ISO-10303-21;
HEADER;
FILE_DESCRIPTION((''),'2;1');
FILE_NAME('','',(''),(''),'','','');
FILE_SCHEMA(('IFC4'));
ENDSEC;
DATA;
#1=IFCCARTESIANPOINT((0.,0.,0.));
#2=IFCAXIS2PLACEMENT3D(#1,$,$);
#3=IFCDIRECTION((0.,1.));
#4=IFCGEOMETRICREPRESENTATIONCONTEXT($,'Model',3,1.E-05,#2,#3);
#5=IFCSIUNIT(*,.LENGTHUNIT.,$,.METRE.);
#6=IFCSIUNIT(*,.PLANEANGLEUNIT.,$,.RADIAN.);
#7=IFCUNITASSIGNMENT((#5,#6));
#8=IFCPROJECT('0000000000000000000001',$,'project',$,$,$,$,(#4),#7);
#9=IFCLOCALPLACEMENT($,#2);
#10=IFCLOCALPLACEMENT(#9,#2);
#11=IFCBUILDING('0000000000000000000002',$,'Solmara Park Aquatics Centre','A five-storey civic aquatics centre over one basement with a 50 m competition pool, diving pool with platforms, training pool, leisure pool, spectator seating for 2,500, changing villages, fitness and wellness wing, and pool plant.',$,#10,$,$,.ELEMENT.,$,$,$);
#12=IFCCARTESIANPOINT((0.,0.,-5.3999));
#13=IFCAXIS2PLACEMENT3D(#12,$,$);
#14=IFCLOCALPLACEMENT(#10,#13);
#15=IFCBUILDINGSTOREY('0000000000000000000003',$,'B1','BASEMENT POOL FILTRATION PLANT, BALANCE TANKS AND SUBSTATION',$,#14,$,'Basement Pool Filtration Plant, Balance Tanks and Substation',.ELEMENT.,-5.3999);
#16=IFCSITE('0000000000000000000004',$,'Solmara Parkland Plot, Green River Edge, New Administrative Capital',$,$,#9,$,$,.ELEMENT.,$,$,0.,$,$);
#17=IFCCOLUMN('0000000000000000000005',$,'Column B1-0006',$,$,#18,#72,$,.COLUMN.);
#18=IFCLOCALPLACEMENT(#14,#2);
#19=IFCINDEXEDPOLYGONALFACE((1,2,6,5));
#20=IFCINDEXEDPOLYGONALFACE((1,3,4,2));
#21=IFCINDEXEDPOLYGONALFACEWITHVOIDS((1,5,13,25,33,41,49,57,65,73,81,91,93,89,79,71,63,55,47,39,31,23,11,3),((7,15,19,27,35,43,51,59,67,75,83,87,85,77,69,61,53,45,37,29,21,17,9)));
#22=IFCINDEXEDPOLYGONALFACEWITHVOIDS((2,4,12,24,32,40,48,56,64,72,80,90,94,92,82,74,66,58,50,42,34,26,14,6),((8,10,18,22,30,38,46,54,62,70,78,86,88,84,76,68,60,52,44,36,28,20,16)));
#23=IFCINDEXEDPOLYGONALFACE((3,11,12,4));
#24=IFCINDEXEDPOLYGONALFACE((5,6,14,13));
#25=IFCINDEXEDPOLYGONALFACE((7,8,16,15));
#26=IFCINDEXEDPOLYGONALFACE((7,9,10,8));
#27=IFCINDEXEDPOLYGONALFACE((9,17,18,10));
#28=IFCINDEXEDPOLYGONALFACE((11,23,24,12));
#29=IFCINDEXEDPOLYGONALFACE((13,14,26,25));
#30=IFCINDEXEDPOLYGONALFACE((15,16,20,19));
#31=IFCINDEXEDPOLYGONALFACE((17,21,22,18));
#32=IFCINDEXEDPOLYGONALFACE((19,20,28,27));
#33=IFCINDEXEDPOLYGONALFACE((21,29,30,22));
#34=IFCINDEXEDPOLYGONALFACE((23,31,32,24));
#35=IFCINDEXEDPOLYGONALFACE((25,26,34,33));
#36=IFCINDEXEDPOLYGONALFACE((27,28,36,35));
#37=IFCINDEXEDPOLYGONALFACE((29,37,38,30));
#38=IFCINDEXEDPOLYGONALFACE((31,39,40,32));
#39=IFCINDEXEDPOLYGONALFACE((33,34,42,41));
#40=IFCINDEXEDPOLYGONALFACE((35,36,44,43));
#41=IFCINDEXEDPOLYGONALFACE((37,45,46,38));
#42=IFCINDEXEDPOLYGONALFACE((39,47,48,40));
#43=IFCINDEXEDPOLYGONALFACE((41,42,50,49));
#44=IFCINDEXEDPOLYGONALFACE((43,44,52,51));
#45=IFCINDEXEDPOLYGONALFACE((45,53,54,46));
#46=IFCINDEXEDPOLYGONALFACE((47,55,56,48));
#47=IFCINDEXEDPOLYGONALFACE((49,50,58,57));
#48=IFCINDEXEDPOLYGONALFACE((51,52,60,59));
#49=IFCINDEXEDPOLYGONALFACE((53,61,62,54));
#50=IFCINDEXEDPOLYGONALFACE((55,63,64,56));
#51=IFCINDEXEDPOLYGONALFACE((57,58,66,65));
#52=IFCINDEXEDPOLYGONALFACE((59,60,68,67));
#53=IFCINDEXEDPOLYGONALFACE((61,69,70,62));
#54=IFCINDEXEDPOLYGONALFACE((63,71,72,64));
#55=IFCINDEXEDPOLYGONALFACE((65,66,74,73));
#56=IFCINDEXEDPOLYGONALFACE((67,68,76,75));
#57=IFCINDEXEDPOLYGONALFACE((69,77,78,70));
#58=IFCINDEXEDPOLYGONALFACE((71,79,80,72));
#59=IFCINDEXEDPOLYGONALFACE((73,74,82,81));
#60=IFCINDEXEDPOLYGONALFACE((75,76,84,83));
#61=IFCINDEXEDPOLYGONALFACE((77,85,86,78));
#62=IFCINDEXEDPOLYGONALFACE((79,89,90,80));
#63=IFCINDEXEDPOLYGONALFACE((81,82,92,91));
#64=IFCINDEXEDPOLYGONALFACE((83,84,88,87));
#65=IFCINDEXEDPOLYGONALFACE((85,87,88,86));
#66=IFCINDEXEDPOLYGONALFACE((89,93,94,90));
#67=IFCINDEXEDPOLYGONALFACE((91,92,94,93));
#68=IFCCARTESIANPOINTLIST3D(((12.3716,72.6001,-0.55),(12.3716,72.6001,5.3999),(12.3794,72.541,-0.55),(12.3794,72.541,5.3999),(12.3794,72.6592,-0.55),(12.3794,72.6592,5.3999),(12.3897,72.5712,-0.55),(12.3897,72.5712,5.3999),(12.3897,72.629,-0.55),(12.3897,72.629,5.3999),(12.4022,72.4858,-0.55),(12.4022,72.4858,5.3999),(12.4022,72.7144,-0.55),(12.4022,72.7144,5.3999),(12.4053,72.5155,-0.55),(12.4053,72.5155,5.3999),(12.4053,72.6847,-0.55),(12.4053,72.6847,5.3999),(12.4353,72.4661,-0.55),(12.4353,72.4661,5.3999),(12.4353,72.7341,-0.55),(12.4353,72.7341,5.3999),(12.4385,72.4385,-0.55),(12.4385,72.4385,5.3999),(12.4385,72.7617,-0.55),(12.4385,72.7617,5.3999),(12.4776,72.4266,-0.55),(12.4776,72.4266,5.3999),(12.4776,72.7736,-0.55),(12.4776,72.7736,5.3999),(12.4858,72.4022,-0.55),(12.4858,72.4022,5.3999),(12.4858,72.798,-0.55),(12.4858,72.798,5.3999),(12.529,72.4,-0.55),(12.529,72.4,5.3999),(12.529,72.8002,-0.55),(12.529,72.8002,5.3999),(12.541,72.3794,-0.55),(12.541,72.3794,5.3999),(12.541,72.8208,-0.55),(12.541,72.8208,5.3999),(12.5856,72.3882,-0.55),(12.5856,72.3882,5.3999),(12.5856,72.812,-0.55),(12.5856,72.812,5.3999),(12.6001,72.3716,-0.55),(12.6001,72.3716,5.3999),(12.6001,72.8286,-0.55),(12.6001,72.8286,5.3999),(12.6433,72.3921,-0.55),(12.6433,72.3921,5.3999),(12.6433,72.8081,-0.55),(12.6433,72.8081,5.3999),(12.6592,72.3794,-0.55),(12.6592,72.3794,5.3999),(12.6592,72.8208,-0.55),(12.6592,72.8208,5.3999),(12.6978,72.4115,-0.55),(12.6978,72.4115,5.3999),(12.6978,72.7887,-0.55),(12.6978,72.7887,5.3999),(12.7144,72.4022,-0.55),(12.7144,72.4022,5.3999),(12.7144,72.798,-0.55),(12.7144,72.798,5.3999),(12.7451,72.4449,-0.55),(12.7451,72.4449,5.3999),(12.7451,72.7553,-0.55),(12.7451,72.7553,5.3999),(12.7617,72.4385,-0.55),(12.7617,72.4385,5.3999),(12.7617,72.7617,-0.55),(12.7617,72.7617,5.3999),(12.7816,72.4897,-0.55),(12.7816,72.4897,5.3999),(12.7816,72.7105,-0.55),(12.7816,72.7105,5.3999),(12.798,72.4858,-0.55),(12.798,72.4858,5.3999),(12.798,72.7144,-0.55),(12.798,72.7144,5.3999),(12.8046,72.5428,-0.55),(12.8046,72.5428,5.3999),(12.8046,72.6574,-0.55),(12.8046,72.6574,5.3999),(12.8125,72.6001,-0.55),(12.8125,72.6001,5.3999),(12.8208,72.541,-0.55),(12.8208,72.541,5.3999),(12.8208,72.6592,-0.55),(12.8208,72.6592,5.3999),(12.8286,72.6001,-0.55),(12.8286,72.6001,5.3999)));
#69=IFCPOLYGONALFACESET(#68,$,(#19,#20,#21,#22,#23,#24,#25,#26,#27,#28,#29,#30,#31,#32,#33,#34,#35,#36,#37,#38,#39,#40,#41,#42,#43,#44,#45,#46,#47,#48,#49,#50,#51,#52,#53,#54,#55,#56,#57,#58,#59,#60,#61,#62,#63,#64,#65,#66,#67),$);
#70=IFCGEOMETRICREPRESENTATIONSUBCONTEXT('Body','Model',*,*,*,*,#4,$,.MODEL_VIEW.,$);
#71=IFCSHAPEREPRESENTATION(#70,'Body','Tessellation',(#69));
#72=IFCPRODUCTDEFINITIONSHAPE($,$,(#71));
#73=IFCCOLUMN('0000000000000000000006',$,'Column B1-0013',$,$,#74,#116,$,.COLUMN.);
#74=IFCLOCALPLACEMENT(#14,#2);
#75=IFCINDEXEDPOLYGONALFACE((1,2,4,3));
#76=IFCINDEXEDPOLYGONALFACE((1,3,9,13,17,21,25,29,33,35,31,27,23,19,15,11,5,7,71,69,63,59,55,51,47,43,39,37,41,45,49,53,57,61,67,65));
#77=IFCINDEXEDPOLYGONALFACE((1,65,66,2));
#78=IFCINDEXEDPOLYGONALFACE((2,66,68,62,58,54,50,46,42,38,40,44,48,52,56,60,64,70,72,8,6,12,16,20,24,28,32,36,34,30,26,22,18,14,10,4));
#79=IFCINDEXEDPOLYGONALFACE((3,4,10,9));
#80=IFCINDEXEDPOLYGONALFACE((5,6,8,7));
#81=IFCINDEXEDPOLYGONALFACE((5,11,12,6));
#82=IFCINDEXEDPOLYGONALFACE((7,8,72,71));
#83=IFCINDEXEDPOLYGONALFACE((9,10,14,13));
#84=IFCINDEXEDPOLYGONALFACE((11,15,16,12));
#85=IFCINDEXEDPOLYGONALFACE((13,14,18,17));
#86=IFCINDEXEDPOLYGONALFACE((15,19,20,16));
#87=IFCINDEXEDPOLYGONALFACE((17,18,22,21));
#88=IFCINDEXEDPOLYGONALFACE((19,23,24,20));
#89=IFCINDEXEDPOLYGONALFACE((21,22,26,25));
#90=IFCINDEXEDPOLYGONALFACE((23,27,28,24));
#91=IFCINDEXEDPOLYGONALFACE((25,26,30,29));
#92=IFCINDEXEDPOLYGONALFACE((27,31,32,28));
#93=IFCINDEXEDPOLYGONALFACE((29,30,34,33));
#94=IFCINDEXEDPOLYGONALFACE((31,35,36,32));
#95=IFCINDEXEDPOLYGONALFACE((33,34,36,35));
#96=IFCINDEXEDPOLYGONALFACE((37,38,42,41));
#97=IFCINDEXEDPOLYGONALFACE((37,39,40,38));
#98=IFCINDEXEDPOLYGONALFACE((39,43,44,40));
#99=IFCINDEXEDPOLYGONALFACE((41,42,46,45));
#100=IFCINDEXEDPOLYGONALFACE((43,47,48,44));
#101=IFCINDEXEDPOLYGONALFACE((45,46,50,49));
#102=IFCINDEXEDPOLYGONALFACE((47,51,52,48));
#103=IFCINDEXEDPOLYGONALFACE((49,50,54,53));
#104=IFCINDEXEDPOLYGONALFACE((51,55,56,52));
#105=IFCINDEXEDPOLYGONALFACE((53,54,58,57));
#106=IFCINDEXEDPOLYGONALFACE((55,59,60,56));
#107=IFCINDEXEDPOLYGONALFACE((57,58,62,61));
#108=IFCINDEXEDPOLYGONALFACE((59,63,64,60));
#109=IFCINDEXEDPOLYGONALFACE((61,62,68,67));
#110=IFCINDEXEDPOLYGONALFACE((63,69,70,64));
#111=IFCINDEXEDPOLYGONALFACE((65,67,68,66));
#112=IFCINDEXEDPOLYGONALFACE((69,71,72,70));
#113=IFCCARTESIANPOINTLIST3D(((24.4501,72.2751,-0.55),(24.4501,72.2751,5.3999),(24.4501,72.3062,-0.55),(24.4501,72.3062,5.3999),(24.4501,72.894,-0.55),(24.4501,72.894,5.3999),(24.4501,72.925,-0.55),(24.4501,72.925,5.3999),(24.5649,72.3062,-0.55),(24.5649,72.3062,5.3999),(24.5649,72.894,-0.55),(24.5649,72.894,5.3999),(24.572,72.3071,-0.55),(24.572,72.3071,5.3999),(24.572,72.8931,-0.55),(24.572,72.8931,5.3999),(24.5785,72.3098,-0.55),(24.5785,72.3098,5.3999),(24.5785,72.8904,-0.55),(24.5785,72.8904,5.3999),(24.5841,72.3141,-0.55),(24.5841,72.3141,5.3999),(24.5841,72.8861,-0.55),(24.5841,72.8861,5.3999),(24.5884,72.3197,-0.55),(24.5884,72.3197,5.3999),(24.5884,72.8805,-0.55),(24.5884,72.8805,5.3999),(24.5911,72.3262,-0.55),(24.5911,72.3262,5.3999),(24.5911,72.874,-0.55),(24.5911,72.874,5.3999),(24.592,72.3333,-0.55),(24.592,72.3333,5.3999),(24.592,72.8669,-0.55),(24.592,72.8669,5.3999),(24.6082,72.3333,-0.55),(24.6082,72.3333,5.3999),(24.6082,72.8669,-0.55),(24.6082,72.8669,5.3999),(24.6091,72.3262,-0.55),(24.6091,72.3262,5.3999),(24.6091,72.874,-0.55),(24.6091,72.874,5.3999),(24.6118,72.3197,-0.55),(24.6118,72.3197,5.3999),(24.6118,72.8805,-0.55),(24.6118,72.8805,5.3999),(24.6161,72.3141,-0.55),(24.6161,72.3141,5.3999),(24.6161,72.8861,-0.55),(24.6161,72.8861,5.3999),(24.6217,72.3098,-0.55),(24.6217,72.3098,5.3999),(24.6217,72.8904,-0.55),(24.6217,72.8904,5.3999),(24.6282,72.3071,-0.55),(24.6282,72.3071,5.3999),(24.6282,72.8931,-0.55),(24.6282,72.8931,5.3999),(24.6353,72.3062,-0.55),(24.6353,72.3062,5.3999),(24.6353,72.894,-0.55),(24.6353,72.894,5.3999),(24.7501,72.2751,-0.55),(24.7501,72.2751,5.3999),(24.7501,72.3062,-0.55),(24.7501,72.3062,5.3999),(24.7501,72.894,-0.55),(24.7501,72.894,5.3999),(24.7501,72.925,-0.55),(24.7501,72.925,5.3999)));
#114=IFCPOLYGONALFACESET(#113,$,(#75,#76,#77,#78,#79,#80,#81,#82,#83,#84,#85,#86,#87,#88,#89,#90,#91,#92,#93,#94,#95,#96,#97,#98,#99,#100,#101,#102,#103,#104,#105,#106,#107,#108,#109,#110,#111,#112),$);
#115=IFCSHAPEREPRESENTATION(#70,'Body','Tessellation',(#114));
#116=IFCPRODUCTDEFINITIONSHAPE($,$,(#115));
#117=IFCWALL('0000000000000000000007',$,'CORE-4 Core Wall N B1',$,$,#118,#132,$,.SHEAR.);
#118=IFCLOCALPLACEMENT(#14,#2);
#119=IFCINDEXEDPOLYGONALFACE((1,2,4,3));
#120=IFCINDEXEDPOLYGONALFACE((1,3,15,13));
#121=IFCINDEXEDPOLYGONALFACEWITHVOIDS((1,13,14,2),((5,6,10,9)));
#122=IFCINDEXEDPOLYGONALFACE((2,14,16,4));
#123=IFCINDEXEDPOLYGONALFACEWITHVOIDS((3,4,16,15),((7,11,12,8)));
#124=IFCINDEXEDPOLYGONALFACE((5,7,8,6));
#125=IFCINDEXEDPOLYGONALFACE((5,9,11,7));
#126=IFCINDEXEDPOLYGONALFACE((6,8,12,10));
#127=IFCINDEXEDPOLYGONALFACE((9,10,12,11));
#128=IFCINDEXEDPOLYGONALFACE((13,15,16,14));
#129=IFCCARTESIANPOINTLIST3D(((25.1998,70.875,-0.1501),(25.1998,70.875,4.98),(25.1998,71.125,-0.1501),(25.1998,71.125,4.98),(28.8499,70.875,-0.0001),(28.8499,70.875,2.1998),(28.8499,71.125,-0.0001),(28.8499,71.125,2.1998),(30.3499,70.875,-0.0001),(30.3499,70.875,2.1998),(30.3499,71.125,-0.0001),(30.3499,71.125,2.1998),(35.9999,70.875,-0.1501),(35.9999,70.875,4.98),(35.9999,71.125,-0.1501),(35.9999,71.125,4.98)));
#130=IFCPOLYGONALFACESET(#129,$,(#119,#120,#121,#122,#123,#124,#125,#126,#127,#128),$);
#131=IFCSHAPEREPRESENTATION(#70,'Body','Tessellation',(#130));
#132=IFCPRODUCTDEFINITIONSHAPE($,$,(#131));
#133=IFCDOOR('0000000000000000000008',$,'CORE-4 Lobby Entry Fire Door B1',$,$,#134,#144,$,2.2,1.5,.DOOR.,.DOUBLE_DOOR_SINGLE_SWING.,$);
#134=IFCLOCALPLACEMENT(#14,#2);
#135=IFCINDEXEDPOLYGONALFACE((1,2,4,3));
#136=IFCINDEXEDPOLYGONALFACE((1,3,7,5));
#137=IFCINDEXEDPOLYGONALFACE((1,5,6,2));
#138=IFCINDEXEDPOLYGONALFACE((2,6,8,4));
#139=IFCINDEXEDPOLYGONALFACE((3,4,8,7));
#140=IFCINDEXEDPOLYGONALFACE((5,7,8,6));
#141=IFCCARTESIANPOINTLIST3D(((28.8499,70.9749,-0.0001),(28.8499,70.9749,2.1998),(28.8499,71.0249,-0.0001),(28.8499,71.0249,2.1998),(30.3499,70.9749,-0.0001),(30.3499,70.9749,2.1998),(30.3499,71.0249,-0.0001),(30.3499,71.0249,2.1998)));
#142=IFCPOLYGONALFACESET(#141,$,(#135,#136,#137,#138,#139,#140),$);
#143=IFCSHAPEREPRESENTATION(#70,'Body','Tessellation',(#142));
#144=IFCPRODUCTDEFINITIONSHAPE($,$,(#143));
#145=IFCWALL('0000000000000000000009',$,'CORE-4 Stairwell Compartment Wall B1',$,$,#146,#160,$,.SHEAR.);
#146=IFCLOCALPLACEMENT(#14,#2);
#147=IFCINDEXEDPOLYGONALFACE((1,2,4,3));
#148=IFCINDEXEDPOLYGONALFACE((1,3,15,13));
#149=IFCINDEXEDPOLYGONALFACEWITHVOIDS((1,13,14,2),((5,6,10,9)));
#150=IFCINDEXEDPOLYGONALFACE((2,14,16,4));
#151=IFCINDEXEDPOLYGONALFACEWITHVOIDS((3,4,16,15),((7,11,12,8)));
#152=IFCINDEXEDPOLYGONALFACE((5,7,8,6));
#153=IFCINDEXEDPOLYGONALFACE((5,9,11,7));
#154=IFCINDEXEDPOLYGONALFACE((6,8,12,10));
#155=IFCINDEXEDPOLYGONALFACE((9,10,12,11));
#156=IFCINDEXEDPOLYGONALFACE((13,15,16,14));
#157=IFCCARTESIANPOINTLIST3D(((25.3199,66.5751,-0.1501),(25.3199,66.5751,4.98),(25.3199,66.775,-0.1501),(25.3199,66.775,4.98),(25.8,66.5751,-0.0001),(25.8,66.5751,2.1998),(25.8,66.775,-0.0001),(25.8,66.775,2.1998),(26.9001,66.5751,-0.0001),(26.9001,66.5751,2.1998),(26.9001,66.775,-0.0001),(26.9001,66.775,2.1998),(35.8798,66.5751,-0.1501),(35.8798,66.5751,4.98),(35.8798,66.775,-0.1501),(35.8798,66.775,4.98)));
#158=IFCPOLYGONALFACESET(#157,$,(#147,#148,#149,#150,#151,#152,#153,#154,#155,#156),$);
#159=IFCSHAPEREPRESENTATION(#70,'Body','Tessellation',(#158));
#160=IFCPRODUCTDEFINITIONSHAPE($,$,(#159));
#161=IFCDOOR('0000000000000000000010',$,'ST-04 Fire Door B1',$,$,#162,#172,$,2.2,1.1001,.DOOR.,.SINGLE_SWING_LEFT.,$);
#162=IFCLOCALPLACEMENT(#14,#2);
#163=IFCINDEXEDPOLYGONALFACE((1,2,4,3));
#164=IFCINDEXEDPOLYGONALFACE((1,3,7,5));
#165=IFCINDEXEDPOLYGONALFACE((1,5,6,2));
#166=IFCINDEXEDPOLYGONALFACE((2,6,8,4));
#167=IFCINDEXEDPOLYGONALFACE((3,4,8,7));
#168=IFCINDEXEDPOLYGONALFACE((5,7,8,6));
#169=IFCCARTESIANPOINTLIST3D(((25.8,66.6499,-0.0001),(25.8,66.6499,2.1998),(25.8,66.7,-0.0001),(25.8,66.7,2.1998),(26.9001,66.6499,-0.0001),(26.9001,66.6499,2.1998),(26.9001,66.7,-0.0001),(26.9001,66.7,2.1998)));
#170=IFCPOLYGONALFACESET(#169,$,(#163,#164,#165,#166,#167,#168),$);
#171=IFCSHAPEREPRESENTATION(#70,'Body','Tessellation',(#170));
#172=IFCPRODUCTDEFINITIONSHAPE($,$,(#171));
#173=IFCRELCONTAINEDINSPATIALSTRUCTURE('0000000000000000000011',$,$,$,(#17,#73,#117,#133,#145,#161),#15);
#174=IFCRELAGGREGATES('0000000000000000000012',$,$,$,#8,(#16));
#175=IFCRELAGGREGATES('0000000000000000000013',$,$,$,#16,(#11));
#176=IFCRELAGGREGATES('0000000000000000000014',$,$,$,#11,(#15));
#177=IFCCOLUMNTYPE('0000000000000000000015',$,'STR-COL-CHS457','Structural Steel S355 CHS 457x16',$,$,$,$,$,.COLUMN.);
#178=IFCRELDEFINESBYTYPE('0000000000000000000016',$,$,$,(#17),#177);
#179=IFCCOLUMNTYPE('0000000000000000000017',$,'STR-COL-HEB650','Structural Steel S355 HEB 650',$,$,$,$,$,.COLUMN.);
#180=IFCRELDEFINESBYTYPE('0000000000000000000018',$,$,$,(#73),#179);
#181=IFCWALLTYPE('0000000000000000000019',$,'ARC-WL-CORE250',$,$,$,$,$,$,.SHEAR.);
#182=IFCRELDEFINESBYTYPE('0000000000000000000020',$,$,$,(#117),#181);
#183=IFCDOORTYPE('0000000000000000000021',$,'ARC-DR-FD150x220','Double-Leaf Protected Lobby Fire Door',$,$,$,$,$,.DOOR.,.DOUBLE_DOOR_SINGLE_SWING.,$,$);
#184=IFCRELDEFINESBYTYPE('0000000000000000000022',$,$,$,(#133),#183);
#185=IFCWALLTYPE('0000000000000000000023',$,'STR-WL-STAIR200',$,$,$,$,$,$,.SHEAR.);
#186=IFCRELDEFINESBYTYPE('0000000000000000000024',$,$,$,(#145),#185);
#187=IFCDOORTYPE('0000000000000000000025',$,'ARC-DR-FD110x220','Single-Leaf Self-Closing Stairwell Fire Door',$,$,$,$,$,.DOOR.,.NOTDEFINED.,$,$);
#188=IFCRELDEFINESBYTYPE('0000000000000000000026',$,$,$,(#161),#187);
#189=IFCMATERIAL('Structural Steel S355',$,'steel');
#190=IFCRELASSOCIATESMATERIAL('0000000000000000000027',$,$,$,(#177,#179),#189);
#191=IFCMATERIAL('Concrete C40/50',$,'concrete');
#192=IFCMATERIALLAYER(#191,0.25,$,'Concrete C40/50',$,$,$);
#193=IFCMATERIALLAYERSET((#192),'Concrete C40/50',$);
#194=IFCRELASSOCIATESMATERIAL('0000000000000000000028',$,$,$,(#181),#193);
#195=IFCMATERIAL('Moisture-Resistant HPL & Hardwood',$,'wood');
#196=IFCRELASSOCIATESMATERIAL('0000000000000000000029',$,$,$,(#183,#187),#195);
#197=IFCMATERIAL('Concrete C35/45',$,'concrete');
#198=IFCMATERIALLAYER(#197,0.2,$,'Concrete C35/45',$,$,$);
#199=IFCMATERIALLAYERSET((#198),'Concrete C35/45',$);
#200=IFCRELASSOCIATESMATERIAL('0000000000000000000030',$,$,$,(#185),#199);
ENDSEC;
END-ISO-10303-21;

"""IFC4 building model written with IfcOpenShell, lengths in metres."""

from ifc_helpers import new_model, si_unit, direction, frame, frame_2d, origin, origin_2d, place, context, subcontext, project, spatial, rectangle, hollow_circle, i_section, extrude, material, layer, layer_set, material_profile, profile_set, type_object, element, fill, save


model = new_model("IFC4")

# Units and contexts
model_context = context("Model", 3, precision=1e-05, world=origin(), true_north=direction((0.0, 1.0)))
body_context = subcontext(model_context, "Body", "Model", "MODEL_VIEW")
ifc_project = project(units=[si_unit("LENGTHUNIT", "METRE"), si_unit("PLANEANGLEUNIT", "RADIAN")], contexts=[model_context])

# Site, building, storey
site_placement = place(None, origin())
site = spatial("IfcSite", under=ifc_project, at=site_placement, Name="Solmara Parkland Plot, Green River Edge, New Administrative Capital", CompositionType="ELEMENT", RefElevation=0.0)
building_placement = place(site_placement, origin())
building = spatial("IfcBuilding", under=site, at=building_placement, Name="Solmara Park Aquatics Centre", Description="A five-storey civic aquatics centre over one basement with a 50 m competition pool, diving pool with platforms, training pool, leisure pool, spectator seating for 2,500, changing villages, fitness and wellness wing, and pool plant.", CompositionType="ELEMENT")
storey_placement = place(building_placement, frame((0.0, 0.0, -5.3999)))
storey = spatial("IfcBuildingStorey", under=building, at=storey_placement, Name="B1", Description="BASEMENT POOL FILTRATION PLANT, BALANCE TANKS AND SUBSTATION", LongName="Basement Pool Filtration Plant, Balance Tanks and Substation", CompositionType="ELEMENT", Elevation=-5.3999)

# Columns
ifc_material_1 = material(Name="Structural Steel S355", Category="steel")
ifc_material_profile_1 = material_profile(ifc_material_1, hollow_circle(Radius=0.2285, WallThickness=0.0161, at=origin_2d()), Name="CHS 457x16")
ifc_profile_set_1 = profile_set([ifc_material_profile_1], Name="Structural Steel S355")
column_type_1 = type_object("IfcColumnType", Name="STR-COL-CHS457", Description="Structural Steel S355 CHS 457x16", PredefinedType="COLUMN", material=ifc_profile_set_1)
column_1_placement = place(storey_placement, frame((12.6001, 72.6001, -0.55), z_axis=(0.0, 0.0, 1.0), x_axis=(1.0, 0.0, 0.0)))
element("IfcColumn", 1, at=column_1_placement, inside=storey, type_object=column_type_1, Name="Column B1-0006", PredefinedType="COLUMN", context=body_context, shape_type="SweptSolid", body=[
    extrude(hollow_circle(Radius=0.2285, WallThickness=0.0161, at=origin_2d()), origin(), (0.0, 0.0, 1.0), 5.95),
])
ifc_material_profile_2 = material_profile(ifc_material_1, i_section(OverallWidth=0.3, OverallDepth=0.6499, WebThickness=0.0161, FlangeThickness=0.031, FilletRadius=0.0271, at=origin_2d()), Name="HEB 650")
ifc_profile_set_2 = profile_set([ifc_material_profile_2], Name="Structural Steel S355")
column_type_2 = type_object("IfcColumnType", Name="STR-COL-HEB650", Description="Structural Steel S355 HEB 650", PredefinedType="COLUMN", material=ifc_profile_set_2)
column_2_placement = place(storey_placement, frame((24.6001, 72.6001, -0.55), z_axis=(0.0, 0.0, 1.0), x_axis=(1.0, 0.0, 0.0)))
element("IfcColumn", 2, at=column_2_placement, inside=storey, type_object=column_type_2, Name="Column B1-0013", PredefinedType="COLUMN", context=body_context, shape_type="SweptSolid", body=[
    extrude(i_section(OverallWidth=0.3, OverallDepth=0.6499, WebThickness=0.0161, FlangeThickness=0.031, FilletRadius=0.0271, at=origin_2d()), origin(), (0.0, 0.0, 1.0), 5.95),
])

# Walls, openings, doors
ifc_material_2 = material(Name="Concrete C40/50", Category="concrete")
ifc_layer_1 = layer(ifc_material_2, 0.25, Name="Concrete C40/50")
ifc_layer_set_1 = layer_set([ifc_layer_1], Name="Concrete C40/50")
wall_type_1 = type_object("IfcWallType", Name="ARC-WL-CORE250", PredefinedType="SHEAR", material=ifc_layer_set_1)
wall_1_placement = place(storey_placement, frame((25.2, 71.0, -0.1501), z_axis=(0.0, 0.0, 1.0), x_axis=(1.0, 0.0, 0.0)))
wall_1 = element("IfcWall", 3, at=wall_1_placement, inside=storey, type_object=wall_type_1, Name="CORE-4 Core Wall N B1", PredefinedType="SHEAR", context=body_context, shape_type="SweptSolid", body=[
    extrude(rectangle(XDim=10.8, YDim=0.25, at=frame_2d((5.3999, 0.0))), origin(), (0.0, 0.0, 1.0), 5.1301),
])
opening_1_placement = place(wall_1_placement, frame((3.6499, 0.0, 0.1499)))
opening_1 = element("IfcOpeningElement", 4, at=opening_1_placement, cuts=wall_1, PredefinedType="OPENING", context=body_context, shape_type="SweptSolid", body=[
    extrude(rectangle(XDim=1.5, YDim=2.2, at=frame_2d((0.75, 1.1001))), frame((0.0, 0.135, 0.0), z_axis=(0.0, -1.0, 0.0), x_axis=(1.0, 0.0, 0.0)), (0.0, 0.0, 1.0), 0.27),
])
ifc_material_3 = material(Name="Moisture-Resistant HPL & Hardwood", Category="wood")
door_type_1 = type_object("IfcDoorType", Name="ARC-DR-FD150x220", Description="Double-Leaf Protected Lobby Fire Door", OperationType="DOUBLE_DOOR_SINGLE_SWING", PredefinedType="DOOR", material=ifc_material_3)
door_1_placement = place(opening_1_placement, origin())
door_1 = element("IfcDoor", 5, at=door_1_placement, inside=storey, type_object=door_type_1, Name="CORE-4 Lobby Entry Fire Door B1", OperationType="DOUBLE_DOOR_SINGLE_SWING", OverallHeight=2.2, OverallWidth=1.5, PredefinedType="DOOR", context=body_context, shape_type="SweptSolid", body=[
    extrude(rectangle(XDim=1.5, YDim=2.2, at=frame_2d((0.75, 1.1001))), frame((0.0, 0.0249, 0.0), z_axis=(0.0, -1.0, 0.0), x_axis=(1.0, 0.0, 0.0)), (0.0, 0.0, 1.0), 0.05),
])
fill(opening_1, door_1)
ifc_material_4 = material(Name="Concrete C35/45", Category="concrete")
ifc_layer_2 = layer(ifc_material_4, 0.2, Name="Concrete C35/45")
ifc_layer_set_2 = layer_set([ifc_layer_2], Name="Concrete C35/45")
wall_type_2 = type_object("IfcWallType", Name="STR-WL-STAIR200", PredefinedType="SHEAR", material=ifc_layer_set_2)
wall_2_placement = place(storey_placement, frame((25.3201, 66.675, -0.1501), z_axis=(0.0, 0.0, 1.0), x_axis=(1.0, 0.0, 0.0)))
wall_2 = element("IfcWall", 6, at=wall_2_placement, inside=storey, type_object=wall_type_2, Name="CORE-4 Stairwell Compartment Wall B1", PredefinedType="SHEAR", context=body_context, shape_type="SweptSolid", body=[
    extrude(rectangle(XDim=10.5598, YDim=0.2, at=frame_2d((5.2798, 0.0))), origin(), (0.0, 0.0, 1.0), 5.1301),
])
opening_2_placement = place(wall_2_placement, frame((0.48, 0.0, 0.1499)))
opening_2 = element("IfcOpeningElement", 7, at=opening_2_placement, cuts=wall_2, PredefinedType="OPENING", context=body_context, shape_type="SweptSolid", body=[
    extrude(rectangle(XDim=1.1001, YDim=2.2, at=frame_2d((0.55, 1.1001))), frame((0.0, 0.1099, 0.0), z_axis=(0.0, -1.0, 0.0), x_axis=(1.0, 0.0, 0.0)), (0.0, 0.0, 1.0), 0.22),
])
door_type_2 = type_object("IfcDoorType", Name="ARC-DR-FD110x220", Description="Single-Leaf Self-Closing Stairwell Fire Door", OperationType="NOTDEFINED", PredefinedType="DOOR", material=ifc_material_3)
door_2_placement = place(opening_2_placement, origin())
door_2 = element("IfcDoor", 8, at=door_2_placement, inside=storey, type_object=door_type_2, Name="ST-04 Fire Door B1", OperationType="SINGLE_SWING_LEFT", OverallHeight=2.2, OverallWidth=1.1001, PredefinedType="DOOR", context=body_context, shape_type="SweptSolid", body=[
    extrude(rectangle(XDim=1.1001, YDim=2.2, at=frame_2d((0.55, 1.1001))), frame((0.0, 0.0249, 0.0), z_axis=(0.0, -1.0, 0.0), x_axis=(1.0, 0.0, 0.0)), (0.0, 0.0, 1.0), 0.05),
])
fill(opening_2, door_2)

save(model, "model.ifc")
